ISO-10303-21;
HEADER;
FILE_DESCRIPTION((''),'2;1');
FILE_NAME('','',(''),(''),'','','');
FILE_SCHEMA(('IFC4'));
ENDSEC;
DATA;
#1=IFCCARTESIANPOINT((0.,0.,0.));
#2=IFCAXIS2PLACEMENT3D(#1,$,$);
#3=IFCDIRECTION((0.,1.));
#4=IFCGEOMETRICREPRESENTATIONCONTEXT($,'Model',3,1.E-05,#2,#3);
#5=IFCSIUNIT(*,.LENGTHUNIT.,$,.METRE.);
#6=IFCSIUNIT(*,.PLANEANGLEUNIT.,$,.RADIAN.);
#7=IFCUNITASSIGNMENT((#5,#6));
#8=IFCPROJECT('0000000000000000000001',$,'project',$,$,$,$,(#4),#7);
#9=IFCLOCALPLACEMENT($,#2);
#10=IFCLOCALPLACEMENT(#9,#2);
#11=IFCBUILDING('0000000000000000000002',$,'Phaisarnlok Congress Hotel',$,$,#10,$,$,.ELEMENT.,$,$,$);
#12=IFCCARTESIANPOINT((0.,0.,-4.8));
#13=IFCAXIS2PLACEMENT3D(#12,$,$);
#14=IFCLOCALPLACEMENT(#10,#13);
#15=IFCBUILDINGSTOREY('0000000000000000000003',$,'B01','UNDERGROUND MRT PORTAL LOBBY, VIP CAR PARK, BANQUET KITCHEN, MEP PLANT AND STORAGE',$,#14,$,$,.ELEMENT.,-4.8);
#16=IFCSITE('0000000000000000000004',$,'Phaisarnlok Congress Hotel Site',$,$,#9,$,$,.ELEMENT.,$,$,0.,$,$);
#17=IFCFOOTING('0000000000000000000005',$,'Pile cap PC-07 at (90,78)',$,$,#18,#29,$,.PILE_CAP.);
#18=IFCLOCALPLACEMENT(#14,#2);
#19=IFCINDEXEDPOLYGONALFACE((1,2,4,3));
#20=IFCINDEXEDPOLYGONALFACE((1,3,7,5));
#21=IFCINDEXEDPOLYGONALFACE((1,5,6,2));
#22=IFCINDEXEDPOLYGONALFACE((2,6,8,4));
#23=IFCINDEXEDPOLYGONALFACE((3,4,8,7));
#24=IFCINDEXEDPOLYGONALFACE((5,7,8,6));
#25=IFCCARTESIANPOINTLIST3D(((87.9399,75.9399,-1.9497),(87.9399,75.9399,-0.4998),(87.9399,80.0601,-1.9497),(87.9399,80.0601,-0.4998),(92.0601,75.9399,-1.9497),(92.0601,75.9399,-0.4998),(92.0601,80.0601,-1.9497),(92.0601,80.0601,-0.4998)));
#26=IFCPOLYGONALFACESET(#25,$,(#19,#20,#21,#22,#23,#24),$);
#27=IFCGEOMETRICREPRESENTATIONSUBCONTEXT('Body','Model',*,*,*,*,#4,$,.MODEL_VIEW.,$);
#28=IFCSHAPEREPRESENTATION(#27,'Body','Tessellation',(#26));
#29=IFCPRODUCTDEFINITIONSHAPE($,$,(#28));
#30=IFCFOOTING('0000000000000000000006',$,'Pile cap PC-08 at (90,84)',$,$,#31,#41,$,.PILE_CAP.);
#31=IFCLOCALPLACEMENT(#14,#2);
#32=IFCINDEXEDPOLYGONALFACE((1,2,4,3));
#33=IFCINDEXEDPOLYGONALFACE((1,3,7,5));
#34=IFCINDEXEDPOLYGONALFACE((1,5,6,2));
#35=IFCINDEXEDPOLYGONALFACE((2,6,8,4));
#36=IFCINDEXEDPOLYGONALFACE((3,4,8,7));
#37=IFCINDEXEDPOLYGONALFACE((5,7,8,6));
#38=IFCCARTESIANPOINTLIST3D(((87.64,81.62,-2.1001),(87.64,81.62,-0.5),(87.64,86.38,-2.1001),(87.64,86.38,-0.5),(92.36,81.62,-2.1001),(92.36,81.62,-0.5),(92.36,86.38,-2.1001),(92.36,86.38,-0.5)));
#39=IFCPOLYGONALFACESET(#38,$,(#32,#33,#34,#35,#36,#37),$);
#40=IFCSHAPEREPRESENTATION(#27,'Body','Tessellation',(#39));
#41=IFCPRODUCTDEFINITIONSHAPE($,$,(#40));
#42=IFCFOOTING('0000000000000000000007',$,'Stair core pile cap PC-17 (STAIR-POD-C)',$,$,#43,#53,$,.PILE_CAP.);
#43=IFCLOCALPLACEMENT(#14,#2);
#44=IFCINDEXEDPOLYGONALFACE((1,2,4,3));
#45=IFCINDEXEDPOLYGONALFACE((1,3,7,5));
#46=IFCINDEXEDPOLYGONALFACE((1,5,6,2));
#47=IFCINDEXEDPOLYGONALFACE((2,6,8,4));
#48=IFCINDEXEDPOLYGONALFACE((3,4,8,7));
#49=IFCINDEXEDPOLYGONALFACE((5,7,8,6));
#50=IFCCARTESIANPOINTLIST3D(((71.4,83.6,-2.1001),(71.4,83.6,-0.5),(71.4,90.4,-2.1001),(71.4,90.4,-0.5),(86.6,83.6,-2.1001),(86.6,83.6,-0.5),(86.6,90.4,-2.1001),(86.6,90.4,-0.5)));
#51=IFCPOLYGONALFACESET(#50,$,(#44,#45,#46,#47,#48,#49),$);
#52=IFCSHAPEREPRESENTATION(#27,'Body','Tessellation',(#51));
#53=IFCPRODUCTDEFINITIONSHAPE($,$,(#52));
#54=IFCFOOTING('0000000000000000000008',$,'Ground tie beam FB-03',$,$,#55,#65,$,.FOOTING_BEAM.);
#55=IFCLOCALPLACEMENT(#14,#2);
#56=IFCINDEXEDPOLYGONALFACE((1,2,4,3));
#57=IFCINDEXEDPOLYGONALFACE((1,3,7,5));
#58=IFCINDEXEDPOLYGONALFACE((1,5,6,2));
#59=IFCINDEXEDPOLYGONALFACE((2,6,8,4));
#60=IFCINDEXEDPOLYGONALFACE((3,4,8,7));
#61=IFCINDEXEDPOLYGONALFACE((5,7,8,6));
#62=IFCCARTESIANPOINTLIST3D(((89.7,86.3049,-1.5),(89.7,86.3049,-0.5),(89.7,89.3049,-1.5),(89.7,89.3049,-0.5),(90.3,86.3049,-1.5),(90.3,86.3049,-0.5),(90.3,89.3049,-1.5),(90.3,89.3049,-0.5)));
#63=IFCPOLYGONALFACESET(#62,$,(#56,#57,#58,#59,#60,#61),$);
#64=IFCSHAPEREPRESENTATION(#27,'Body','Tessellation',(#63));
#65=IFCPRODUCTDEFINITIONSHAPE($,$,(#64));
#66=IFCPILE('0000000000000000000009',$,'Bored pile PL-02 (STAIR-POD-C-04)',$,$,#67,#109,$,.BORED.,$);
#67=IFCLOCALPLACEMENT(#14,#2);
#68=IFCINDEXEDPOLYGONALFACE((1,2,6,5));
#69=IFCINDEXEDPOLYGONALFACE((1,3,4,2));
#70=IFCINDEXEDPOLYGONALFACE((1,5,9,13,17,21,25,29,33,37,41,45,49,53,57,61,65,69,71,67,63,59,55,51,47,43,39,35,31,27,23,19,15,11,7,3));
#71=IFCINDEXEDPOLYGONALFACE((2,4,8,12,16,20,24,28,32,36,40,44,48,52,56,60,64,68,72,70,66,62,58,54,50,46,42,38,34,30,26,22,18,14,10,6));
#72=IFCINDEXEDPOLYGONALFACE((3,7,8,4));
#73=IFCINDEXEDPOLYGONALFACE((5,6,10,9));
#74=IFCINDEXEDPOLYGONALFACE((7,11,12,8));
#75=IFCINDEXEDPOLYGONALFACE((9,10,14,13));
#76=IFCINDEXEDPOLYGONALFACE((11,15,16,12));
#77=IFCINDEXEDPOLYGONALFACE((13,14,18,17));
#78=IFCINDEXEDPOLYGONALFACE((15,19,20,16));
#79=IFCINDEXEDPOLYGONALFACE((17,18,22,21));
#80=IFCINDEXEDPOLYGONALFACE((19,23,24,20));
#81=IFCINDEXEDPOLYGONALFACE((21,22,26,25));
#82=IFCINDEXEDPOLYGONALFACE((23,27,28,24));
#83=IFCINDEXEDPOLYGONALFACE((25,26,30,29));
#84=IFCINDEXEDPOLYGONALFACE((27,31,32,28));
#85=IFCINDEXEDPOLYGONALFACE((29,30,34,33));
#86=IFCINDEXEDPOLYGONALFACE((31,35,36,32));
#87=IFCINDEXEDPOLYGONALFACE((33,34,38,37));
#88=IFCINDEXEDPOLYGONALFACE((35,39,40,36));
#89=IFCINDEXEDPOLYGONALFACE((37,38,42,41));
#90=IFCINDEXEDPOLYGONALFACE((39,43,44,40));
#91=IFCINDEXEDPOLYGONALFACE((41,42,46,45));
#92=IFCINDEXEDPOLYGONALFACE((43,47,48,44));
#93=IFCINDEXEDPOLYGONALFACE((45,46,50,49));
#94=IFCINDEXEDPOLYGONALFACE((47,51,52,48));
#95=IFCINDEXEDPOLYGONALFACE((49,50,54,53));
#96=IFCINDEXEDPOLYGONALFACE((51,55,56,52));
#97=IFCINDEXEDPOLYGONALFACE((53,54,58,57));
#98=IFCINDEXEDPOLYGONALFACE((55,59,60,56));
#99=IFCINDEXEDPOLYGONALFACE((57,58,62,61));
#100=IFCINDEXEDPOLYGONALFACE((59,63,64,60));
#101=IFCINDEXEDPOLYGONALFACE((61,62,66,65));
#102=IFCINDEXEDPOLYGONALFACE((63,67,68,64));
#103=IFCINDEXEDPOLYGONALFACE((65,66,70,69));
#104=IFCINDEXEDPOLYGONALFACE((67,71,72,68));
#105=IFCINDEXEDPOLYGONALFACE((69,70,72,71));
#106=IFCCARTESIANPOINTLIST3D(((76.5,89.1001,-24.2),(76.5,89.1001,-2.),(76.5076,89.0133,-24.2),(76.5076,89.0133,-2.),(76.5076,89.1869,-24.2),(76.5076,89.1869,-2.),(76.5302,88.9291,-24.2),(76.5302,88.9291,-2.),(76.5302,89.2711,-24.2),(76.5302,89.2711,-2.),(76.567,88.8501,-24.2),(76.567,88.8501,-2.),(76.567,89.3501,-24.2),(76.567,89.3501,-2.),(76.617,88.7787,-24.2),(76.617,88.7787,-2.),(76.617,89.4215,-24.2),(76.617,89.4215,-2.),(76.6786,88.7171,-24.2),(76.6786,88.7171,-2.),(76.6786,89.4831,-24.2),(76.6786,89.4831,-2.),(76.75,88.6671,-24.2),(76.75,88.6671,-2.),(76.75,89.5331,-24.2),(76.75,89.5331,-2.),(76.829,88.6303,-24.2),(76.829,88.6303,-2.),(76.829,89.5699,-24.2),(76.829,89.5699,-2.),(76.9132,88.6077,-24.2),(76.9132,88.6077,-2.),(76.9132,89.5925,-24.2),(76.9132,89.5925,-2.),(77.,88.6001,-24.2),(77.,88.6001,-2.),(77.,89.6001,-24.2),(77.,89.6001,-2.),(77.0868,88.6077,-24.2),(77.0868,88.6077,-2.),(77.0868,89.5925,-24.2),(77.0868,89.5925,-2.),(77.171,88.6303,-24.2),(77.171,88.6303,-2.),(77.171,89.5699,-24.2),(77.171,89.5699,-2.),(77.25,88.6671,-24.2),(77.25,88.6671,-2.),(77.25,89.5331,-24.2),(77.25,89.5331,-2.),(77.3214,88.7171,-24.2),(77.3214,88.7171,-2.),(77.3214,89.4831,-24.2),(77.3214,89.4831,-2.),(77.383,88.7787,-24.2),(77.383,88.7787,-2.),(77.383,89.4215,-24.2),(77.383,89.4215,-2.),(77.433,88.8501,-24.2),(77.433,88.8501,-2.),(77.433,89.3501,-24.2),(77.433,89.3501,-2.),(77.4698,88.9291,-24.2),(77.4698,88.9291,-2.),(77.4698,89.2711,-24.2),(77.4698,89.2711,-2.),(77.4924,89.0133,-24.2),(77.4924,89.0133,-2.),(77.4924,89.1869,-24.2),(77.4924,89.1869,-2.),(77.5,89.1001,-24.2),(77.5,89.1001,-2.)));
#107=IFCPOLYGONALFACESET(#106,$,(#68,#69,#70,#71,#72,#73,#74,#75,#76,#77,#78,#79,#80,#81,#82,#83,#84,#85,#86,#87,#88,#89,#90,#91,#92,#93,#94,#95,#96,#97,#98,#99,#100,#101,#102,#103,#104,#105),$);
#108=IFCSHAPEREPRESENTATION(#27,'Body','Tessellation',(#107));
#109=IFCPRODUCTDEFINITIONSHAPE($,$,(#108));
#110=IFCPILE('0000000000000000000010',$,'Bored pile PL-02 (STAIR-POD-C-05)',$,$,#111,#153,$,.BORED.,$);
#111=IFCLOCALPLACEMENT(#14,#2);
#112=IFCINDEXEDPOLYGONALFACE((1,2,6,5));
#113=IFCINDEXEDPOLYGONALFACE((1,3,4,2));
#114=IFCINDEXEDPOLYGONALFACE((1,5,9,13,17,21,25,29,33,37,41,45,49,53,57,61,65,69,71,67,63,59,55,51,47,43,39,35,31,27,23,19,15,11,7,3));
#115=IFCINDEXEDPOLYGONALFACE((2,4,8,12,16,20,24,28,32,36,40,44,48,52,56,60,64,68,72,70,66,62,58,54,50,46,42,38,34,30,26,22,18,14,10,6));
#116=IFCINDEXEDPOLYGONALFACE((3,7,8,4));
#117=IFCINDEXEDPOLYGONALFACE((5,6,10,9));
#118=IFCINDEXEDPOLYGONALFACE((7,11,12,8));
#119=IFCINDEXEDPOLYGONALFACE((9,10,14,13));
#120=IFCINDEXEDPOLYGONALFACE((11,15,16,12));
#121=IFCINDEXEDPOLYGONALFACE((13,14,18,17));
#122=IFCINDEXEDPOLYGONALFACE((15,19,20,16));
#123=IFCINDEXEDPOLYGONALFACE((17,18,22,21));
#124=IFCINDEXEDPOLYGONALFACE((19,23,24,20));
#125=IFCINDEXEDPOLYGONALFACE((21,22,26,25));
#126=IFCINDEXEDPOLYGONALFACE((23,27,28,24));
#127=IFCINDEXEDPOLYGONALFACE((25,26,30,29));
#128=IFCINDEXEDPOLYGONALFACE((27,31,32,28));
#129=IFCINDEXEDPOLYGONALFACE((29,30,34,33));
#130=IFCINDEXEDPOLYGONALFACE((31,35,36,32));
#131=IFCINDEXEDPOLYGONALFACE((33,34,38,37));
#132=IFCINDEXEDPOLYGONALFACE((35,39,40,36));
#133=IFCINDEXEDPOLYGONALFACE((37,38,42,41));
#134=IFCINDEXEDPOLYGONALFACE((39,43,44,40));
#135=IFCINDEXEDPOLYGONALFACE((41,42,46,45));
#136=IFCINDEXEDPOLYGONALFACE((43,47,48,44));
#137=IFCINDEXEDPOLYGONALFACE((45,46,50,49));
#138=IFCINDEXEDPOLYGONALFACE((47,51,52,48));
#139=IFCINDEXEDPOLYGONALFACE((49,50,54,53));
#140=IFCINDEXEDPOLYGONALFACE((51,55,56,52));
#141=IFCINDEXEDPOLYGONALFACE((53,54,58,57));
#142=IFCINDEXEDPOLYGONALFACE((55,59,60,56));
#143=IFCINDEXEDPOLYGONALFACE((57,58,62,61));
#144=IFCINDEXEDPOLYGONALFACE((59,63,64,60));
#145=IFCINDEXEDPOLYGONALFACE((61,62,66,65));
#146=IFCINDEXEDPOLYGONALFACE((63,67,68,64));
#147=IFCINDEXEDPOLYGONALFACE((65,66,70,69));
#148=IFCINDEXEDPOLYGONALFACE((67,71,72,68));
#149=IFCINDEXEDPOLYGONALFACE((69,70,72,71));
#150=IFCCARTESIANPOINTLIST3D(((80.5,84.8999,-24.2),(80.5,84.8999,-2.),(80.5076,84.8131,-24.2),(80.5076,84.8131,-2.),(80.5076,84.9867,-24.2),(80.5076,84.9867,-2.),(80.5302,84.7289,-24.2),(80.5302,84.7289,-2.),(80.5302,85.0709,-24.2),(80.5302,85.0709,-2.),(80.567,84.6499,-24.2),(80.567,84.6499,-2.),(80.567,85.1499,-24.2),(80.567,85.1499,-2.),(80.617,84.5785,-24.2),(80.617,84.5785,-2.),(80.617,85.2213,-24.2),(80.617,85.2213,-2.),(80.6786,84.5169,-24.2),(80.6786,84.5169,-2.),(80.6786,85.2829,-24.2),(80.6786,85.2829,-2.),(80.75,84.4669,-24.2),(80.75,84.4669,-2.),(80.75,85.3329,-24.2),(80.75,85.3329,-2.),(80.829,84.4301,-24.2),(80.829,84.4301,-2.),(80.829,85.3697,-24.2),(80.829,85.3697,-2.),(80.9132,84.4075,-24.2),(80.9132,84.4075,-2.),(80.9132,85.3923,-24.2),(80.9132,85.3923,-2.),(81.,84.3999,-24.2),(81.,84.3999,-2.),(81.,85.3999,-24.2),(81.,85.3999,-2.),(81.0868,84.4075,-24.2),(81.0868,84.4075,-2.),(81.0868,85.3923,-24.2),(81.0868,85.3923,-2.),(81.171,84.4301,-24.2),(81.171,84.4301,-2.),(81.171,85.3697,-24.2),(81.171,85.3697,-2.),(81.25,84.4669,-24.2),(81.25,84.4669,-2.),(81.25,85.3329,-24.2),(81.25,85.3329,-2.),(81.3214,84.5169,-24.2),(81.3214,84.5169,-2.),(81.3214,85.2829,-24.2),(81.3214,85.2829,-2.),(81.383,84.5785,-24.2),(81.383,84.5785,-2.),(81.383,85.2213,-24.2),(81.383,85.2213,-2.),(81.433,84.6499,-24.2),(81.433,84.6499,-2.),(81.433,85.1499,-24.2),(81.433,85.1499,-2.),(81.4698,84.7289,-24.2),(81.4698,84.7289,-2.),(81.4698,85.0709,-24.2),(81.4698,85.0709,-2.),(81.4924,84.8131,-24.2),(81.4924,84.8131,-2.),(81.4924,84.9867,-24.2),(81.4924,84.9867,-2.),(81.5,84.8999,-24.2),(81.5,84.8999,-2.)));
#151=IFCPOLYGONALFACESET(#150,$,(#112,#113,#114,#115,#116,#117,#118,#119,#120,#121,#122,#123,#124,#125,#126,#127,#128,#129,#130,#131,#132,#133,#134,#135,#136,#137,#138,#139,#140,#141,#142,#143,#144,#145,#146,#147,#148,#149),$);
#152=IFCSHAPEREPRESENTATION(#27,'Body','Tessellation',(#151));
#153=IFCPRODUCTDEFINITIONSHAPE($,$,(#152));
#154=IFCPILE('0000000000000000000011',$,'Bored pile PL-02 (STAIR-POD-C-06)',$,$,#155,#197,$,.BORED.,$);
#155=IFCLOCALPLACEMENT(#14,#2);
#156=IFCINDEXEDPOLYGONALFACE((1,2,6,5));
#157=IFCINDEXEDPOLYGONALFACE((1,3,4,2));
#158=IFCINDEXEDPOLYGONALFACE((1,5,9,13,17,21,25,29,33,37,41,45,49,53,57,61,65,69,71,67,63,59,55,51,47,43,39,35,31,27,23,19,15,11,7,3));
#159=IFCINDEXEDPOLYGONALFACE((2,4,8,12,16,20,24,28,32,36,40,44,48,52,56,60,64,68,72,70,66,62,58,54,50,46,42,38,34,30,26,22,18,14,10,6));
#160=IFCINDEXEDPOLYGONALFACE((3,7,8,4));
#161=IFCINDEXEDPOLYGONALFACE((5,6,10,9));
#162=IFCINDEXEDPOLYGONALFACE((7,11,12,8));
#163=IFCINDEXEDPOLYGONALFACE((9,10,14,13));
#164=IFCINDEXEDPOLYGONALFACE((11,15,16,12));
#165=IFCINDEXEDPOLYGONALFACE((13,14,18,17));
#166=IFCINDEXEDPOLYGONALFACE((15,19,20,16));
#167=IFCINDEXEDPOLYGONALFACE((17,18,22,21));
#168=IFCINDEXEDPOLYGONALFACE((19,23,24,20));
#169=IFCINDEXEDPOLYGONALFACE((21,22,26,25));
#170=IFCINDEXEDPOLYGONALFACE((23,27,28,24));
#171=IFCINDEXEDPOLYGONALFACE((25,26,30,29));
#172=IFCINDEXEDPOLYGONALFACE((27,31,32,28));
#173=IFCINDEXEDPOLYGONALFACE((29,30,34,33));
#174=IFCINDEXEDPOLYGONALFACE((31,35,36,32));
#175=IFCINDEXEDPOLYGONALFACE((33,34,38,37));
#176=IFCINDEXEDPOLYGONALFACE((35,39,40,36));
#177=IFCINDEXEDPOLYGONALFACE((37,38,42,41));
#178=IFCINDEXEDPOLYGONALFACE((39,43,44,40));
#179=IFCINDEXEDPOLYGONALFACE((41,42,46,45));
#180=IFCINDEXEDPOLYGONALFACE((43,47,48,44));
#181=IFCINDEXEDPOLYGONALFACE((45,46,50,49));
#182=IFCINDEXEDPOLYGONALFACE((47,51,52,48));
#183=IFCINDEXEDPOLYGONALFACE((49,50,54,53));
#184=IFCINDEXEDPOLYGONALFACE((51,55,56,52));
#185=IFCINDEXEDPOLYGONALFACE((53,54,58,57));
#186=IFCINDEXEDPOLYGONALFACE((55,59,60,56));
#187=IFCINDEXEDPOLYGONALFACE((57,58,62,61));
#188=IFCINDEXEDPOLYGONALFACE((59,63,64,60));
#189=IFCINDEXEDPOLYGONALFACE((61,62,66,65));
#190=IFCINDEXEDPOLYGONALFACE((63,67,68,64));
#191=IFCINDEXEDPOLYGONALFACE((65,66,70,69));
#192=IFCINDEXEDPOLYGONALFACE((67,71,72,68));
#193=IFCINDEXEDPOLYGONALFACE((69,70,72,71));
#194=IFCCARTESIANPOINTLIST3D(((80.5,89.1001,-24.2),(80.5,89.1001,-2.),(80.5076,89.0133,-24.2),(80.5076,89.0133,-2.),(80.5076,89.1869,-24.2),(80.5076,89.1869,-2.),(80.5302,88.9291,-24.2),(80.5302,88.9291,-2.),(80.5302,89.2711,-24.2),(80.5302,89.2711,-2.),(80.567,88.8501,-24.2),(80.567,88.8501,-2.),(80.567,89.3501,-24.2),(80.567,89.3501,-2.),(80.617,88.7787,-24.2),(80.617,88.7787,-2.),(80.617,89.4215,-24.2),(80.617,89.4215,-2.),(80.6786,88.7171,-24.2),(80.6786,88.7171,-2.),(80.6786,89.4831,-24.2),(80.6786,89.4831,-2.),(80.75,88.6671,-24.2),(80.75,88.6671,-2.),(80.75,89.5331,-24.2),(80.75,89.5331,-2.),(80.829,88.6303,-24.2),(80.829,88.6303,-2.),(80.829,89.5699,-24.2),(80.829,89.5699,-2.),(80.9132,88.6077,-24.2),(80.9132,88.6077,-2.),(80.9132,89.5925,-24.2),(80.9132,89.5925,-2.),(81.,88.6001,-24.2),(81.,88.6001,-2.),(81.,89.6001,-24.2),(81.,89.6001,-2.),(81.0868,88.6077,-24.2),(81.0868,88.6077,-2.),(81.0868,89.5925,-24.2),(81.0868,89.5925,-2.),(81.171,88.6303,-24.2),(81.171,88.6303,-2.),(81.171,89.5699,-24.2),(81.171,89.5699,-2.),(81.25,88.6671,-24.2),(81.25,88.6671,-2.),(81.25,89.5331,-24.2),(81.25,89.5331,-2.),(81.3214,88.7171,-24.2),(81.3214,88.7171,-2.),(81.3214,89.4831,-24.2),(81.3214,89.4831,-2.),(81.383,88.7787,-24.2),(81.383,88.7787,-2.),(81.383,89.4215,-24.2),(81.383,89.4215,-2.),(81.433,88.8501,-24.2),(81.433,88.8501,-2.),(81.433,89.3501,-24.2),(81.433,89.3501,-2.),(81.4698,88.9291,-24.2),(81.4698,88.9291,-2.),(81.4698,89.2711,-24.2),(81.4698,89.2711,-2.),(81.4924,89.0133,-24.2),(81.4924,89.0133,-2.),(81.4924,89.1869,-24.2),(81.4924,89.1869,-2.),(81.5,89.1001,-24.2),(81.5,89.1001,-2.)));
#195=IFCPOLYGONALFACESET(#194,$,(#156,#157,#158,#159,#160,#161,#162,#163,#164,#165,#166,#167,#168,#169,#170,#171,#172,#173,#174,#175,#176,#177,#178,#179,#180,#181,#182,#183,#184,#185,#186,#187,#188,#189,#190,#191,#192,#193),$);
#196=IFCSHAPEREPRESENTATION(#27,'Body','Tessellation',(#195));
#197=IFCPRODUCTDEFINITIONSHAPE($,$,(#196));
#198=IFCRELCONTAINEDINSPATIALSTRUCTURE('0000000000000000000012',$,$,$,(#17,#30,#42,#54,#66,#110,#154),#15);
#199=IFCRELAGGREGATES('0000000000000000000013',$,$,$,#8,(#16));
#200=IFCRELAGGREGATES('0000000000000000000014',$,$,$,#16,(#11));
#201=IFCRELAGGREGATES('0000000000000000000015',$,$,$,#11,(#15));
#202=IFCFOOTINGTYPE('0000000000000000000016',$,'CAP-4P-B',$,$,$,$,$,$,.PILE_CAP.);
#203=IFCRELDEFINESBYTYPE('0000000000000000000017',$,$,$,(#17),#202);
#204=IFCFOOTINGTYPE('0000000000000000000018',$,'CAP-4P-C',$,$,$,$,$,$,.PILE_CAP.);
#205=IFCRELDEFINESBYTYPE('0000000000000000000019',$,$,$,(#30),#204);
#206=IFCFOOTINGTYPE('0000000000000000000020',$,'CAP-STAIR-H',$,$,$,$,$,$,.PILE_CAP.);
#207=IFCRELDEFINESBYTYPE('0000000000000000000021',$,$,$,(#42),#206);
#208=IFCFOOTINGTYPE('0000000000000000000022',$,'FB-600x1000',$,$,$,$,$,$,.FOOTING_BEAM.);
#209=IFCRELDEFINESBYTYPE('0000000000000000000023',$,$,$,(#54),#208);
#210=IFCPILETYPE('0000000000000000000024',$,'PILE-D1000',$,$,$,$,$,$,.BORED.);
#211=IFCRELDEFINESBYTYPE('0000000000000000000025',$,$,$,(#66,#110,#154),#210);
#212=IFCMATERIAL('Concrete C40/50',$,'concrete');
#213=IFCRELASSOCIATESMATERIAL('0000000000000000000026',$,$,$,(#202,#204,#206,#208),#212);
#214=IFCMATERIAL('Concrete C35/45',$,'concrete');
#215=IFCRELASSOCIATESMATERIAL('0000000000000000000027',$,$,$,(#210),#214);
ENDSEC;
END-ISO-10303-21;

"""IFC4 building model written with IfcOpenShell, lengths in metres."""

from ifc_helpers import new_model, si_unit, direction, frame, origin, origin_2d, place, context, subcontext, project, spatial, rectangle, circle, extrude, material, material_profile, profile_set, type_object, element, save


model = new_model("IFC4")

# Units and contexts
model_context = context("Model", 3, precision=1e-05, world=origin(), true_north=direction((0.0, 1.0)))
body_context = subcontext(model_context, "Body", "Model", "MODEL_VIEW")
ifc_project = project(units=[si_unit("LENGTHUNIT", "METRE"), si_unit("PLANEANGLEUNIT", "RADIAN")], contexts=[model_context])

# Site, building, storey
site_placement = place(None, origin())
site = spatial("IfcSite", under=ifc_project, at=site_placement, Name="Phaisarnlok Congress Hotel Site", CompositionType="ELEMENT", RefElevation=0.0)
building_placement = place(site_placement, origin())
building = spatial("IfcBuilding", under=site, at=building_placement, Name="Phaisarnlok Congress Hotel", CompositionType="ELEMENT")
storey_placement = place(building_placement, frame((0.0, 0.0, -4.8)))
storey = spatial("IfcBuildingStorey", under=building, at=storey_placement, Name="B01", Description="UNDERGROUND MRT PORTAL LOBBY, VIP CAR PARK, BANQUET KITCHEN, MEP PLANT AND STORAGE", CompositionType="ELEMENT", Elevation=-4.8)

# Footings
ifc_material_1 = material(Name="Concrete C40/50", Category="concrete")
footing_type_1 = type_object("IfcFootingType", Name="CAP-4P-B", PredefinedType="PILE_CAP", material=ifc_material_1)
footing_1_placement = place(storey_placement, frame((90.0, 78.0, -1.9497), z_axis=(0.0, 0.0, 1.0), x_axis=(1.0, 0.0, 0.0)))
element("IfcFooting", 1, at=footing_1_placement, inside=storey, type_object=footing_type_1, Name="Pile cap PC-07 at (90,78)", PredefinedType="PILE_CAP", context=body_context, shape_type="SweptSolid", body=[
    extrude(rectangle(XDim=4.1201, YDim=4.1201, at=origin_2d()), origin(), (0.0, 0.0, 1.0), 1.45),
])
footing_type_2 = type_object("IfcFootingType", Name="CAP-4P-C", PredefinedType="PILE_CAP", material=ifc_material_1)
footing_2_placement = place(storey_placement, frame((90.0, 84.0, -2.1001), z_axis=(0.0, 0.0, 1.0), x_axis=(1.0, 0.0, 0.0)))
element("IfcFooting", 2, at=footing_2_placement, inside=storey, type_object=footing_type_2, Name="Pile cap PC-08 at (90,84)", PredefinedType="PILE_CAP", context=body_context, shape_type="SweptSolid", body=[
    extrude(rectangle(XDim=4.72, YDim=4.76, at=origin_2d()), origin(), (0.0, 0.0, 1.0), 1.6001),
])
footing_type_3 = type_object("IfcFootingType", Name="CAP-STAIR-H", PredefinedType="PILE_CAP", material=ifc_material_1)
footing_3_placement = place(storey_placement, frame((79.0, 87.0, -2.1001), z_axis=(0.0, 0.0, 1.0), x_axis=(1.0, 0.0, 0.0)))
element("IfcFooting", 3, at=footing_3_placement, inside=storey, type_object=footing_type_3, Name="Stair core pile cap PC-17 (STAIR-POD-C)", PredefinedType="PILE_CAP", context=body_context, shape_type="SweptSolid", body=[
    extrude(rectangle(XDim=15.2, YDim=6.8, at=origin_2d()), origin(), (0.0, 0.0, 1.0), 1.6001),
])
ifc_material_profile_1 = material_profile(ifc_material_1, rectangle(XDim=0.6001, YDim=1.0, at=origin_2d()), Name="FB-600x1000")
ifc_profile_set_1 = profile_set([ifc_material_profile_1], Name="Concrete C40/50")
footing_type_4 = type_object("IfcFootingType", Name="FB-600x1000", PredefinedType="FOOTING_BEAM", material=ifc_profile_set_1)
footing_4_placement = place(storey_placement, frame((90.0, 86.3049, -1.0), z_axis=(0.0, 1.0, 0.0), x_axis=(-1.0, 0.0, 0.0)))
element("IfcFooting", 4, at=footing_4_placement, inside=storey, type_object=footing_type_4, Name="Ground tie beam FB-03", PredefinedType="FOOTING_BEAM", context=body_context, shape_type="SweptSolid", body=[
    extrude(rectangle(XDim=0.6001, YDim=1.0, at=origin_2d()), origin(), (0.0, 0.0, 1.0), 3.0),
])

# Piles
ifc_material_2 = material(Name="Concrete C35/45", Category="concrete")
ifc_material_profile_2 = material_profile(ifc_material_2, circle(Radius=0.5, at=origin_2d()), Name="BORED PILE D1000")
ifc_profile_set_2 = profile_set([ifc_material_profile_2], Name="Concrete C35/45")
pile_type_1 = type_object("IfcPileType", Name="PILE-D1000", PredefinedType="BORED", material=ifc_profile_set_2)
for number, where, z_axis, x_axis, name in (
    (5, (77.0, 89.1001, -2.0), (0.0, 0.0, -1.0), (1.0, 0.0, 0.0), "Bored pile PL-02 (STAIR-POD-C-04)"),
    (6, (81.0, 84.8999, -2.0), (0.0, 0.0, -1.0), (1.0, 0.0, 0.0), "Bored pile PL-02 (STAIR-POD-C-05)"),
    (7, (81.0, 89.1001, -2.0), (0.0, 0.0, -1.0), (1.0, 0.0, 0.0), "Bored pile PL-02 (STAIR-POD-C-06)"),
):
    element("IfcPile", number, at=place(storey_placement, frame(where, z_axis=z_axis, x_axis=x_axis)), inside=storey, type_object=pile_type_1, Name=name, PredefinedType="BORED", context=body_context, shape_type="SweptSolid", body=[
        extrude(circle(Radius=0.5, at=origin_2d()), origin(), (0.0, 0.0, 1.0), 22.2),
    ])

save(model, "model.ifc")
